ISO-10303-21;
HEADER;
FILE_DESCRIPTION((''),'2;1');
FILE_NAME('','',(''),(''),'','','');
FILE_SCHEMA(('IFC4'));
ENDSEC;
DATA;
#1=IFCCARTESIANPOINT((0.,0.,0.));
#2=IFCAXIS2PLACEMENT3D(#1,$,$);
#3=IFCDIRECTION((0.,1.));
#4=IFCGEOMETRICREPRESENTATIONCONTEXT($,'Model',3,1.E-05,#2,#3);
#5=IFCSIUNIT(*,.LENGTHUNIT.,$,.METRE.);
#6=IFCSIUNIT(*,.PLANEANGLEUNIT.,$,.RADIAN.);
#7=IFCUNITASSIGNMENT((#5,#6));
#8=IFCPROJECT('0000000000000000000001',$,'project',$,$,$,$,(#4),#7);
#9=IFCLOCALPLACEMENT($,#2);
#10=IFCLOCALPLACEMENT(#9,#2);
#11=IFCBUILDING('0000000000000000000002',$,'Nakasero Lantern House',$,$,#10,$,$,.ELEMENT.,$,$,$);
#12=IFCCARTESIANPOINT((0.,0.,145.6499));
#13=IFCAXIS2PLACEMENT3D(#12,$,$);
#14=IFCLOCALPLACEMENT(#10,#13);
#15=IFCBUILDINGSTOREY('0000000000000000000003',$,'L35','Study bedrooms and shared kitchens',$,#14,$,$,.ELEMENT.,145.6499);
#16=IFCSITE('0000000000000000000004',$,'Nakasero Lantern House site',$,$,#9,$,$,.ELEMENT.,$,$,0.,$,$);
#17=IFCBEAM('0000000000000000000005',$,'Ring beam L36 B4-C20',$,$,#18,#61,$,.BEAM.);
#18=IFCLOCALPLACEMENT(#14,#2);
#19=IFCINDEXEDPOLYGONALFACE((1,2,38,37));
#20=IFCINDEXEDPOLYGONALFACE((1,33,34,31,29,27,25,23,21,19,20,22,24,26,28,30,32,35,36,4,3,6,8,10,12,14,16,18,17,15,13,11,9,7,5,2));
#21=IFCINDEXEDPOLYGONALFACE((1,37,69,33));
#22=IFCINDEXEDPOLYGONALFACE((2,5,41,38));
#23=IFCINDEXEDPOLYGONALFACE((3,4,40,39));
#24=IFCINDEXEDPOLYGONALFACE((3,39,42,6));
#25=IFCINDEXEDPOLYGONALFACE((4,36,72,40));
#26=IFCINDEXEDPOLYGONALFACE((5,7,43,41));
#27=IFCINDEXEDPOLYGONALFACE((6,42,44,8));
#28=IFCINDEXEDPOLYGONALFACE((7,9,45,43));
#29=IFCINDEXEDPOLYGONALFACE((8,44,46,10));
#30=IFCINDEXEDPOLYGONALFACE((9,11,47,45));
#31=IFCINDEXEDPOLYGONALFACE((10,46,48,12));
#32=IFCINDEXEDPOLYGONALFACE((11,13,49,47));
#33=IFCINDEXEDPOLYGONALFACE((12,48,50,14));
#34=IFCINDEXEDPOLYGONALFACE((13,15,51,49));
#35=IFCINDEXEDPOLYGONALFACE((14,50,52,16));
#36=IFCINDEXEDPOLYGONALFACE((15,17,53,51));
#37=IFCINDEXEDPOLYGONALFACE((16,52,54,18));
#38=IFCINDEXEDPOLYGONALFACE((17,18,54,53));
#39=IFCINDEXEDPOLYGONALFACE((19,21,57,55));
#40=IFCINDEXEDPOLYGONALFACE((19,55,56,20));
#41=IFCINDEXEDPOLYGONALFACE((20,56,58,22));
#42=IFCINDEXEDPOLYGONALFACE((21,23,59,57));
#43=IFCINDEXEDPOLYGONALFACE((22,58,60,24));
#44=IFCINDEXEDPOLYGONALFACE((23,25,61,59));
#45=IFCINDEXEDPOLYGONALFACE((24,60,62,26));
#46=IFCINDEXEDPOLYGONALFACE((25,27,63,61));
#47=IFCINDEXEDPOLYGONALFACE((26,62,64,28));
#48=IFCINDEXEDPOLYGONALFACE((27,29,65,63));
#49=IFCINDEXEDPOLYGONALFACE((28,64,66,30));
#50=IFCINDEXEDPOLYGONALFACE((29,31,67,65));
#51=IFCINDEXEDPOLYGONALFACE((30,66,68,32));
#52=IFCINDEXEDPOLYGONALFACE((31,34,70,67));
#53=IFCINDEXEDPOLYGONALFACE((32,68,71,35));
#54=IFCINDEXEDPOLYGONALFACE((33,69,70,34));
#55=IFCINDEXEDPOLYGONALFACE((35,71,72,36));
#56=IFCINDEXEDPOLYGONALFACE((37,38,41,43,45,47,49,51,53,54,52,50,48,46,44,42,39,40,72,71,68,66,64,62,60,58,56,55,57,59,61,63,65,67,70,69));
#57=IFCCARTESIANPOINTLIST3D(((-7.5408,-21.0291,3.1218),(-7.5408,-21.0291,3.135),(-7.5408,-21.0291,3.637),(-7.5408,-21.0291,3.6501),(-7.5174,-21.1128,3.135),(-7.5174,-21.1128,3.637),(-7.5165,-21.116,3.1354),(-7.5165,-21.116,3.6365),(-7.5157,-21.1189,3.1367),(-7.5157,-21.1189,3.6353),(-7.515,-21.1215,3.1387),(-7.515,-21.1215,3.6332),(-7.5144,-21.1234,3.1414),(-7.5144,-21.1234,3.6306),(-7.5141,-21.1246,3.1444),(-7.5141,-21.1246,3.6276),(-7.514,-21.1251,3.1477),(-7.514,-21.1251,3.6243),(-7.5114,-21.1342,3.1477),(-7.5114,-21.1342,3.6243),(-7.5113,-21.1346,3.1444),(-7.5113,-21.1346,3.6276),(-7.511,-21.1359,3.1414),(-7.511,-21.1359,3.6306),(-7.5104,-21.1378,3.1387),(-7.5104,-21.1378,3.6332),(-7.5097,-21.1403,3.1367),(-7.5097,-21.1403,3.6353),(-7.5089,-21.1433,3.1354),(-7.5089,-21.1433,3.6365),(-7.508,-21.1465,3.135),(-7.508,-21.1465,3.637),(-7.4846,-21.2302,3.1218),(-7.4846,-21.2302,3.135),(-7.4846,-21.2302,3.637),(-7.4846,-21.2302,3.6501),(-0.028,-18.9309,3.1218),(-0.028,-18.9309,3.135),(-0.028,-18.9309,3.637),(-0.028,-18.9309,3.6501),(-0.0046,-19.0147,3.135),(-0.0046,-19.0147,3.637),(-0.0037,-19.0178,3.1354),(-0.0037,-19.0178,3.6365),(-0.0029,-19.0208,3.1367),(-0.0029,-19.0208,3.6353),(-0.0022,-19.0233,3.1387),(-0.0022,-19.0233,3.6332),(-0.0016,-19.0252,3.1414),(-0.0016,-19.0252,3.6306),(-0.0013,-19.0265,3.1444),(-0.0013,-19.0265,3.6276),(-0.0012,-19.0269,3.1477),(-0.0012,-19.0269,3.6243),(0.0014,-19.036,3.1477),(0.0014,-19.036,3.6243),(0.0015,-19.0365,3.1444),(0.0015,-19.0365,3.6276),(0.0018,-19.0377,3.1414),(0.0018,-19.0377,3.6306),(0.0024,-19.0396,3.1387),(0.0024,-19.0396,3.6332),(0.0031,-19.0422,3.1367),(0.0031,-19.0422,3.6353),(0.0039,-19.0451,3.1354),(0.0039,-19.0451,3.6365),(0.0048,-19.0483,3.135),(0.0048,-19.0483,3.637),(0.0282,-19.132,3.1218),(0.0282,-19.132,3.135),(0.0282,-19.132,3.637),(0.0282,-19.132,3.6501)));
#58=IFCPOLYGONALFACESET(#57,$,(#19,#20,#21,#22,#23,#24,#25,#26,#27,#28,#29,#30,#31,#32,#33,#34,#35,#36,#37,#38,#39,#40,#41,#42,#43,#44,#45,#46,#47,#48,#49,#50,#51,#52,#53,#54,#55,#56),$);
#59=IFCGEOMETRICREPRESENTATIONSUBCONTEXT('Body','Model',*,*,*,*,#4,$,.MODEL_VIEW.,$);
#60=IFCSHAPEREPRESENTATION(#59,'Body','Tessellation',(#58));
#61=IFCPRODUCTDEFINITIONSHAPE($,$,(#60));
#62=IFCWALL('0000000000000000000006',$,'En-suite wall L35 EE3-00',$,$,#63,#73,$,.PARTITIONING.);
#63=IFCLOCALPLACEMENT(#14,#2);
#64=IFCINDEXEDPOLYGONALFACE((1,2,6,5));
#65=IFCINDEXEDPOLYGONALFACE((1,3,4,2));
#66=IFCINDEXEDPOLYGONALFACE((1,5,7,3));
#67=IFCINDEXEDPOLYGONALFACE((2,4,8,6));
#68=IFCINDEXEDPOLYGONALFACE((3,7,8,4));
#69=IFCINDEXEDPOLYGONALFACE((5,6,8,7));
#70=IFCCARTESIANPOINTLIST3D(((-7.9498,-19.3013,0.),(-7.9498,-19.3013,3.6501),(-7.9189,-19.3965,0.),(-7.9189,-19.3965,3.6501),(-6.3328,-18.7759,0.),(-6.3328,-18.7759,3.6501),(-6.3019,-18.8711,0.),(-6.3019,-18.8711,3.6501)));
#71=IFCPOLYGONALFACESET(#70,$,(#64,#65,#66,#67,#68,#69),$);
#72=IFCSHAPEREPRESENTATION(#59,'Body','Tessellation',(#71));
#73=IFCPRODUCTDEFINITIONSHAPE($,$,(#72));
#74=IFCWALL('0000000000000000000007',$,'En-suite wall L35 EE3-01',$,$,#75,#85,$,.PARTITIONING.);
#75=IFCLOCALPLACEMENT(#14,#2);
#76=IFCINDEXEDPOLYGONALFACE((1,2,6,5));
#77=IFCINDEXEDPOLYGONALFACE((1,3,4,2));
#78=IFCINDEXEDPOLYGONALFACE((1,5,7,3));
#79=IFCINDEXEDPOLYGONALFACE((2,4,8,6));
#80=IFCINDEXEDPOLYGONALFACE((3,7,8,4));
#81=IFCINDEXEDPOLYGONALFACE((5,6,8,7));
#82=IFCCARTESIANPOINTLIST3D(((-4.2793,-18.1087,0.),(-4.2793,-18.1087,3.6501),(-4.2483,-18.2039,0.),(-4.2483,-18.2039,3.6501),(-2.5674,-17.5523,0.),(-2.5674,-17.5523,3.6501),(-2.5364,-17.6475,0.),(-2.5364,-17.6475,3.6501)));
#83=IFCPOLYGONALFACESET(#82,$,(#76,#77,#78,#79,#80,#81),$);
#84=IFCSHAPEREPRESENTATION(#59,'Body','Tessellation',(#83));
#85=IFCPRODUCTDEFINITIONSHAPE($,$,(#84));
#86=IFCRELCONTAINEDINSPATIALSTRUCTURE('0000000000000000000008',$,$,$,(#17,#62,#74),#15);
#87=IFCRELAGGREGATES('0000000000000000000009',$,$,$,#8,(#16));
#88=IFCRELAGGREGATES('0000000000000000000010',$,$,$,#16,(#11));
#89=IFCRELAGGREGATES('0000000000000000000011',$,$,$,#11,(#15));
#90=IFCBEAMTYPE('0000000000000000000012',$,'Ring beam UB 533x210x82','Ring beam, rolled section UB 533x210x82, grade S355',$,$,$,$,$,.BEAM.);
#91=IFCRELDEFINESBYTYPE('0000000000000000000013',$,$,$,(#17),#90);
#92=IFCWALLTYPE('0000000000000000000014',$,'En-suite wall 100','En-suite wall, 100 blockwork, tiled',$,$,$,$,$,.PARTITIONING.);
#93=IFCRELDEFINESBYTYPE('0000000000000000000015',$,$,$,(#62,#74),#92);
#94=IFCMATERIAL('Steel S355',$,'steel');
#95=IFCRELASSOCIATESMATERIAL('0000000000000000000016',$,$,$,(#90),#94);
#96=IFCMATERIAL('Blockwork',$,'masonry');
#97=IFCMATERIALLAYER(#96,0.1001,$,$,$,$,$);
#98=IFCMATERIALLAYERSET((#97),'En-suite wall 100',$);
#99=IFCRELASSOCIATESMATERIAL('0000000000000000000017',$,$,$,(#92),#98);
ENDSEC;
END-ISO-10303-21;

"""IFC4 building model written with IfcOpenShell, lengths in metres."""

from ifc_helpers import new_model, si_unit, direction, frame, frame_2d, origin, origin_2d, place, context, subcontext, project, spatial, rectangle, i_section, extrude, material, layer, layer_set, material_profile, profile_set, type_object, element, save


model = new_model("IFC4")

# Units and contexts
model_context = context("Model", 3, precision=1e-05, world=origin(), true_north=direction((0.0, 1.0)))
body_context = subcontext(model_context, "Body", "Model", "MODEL_VIEW")
ifc_project = project(units=[si_unit("LENGTHUNIT", "METRE"), si_unit("PLANEANGLEUNIT", "RADIAN")], contexts=[model_context])

# Site, building, storey
site_placement = place(None, origin())
site = spatial("IfcSite", under=ifc_project, at=site_placement, Name="Nakasero Lantern House site", CompositionType="ELEMENT", RefElevation=0.0)
building_placement = place(site_placement, origin())
building = spatial("IfcBuilding", under=site, at=building_placement, Name="Nakasero Lantern House", CompositionType="ELEMENT")
storey_placement = place(building_placement, frame((0.0, 0.0, 145.6499)))
storey = spatial("IfcBuildingStorey", under=building, at=storey_placement, Name="L35", Description="Study bedrooms and shared kitchens", CompositionType="ELEMENT", Elevation=145.6499)

# Beam
ifc_material_1 = material(Name="Steel S355", Category="steel")
ifc_material_profile_1 = material_profile(ifc_material_1, i_section(OverallWidth=0.2087, OverallDepth=0.5283, WebThickness=0.0095, FlangeThickness=0.0132, FilletRadius=0.0127, at=origin_2d()), Name="UB 533x210x82")
ifc_profile_set_1 = profile_set([ifc_material_profile_1], Name="Steel S355")
beam_type_1 = type_object("IfcBeamType", Name="Ring beam UB 533x210x82", Description="Ring beam, rolled section UB 533x210x82, grade S355", PredefinedType="BEAM", material=ifc_profile_set_1)
beam_1_placement = place(storey_placement, frame((-7.5127, -21.1296, 3.386), z_axis=(0.963144, 0.268987, 0.0), x_axis=(-0.268987, 0.963144, 0.0)))
element("IfcBeam", 1, at=beam_1_placement, inside=storey, type_object=beam_type_1, Name="Ring beam L36 B4-C20", PredefinedType="BEAM", context=body_context, shape_type="SweptSolid", body=[
    extrude(i_section(OverallWidth=0.2087, OverallDepth=0.5283, WebThickness=0.0095, FlangeThickness=0.0132, FilletRadius=0.0127, at=origin_2d()), origin(), (0.0, 0.0, 1.0), 7.8003),
])

# Walls
ifc_material_2 = material(Name="Blockwork", Category="masonry")
ifc_layer_1 = layer(ifc_material_2, 0.1001)
ifc_layer_set_1 = layer_set([ifc_layer_1], Name="En-suite wall 100")
wall_type_1 = type_object("IfcWallType", Name="En-suite wall 100", Description="En-suite wall, 100 blockwork, tiled", PredefinedType="PARTITIONING", material=ifc_layer_set_1)
wall_1_placement = place(storey_placement, frame((-7.9343, -19.3489, 0.0), z_axis=(0.0, 0.0, 1.0), x_axis=(0.951054, 0.309024, 0.0)))
element("IfcWall", 2, at=wall_1_placement, inside=storey, type_object=wall_type_1, Name="En-suite wall L35 EE3-00", PredefinedType="PARTITIONING", context=body_context, shape_type="SweptSolid", body=[
    extrude(rectangle(XDim=1.7002, YDim=0.1001, at=frame_2d((0.8501, 0.0))), origin(), (0.0, 0.0, 1.0), 3.6501),
])
wall_2_placement = place(storey_placement, frame((-4.2637, -18.1562, 0.0), z_axis=(0.0, 0.0, 1.0), x_axis=(0.95103, 0.309098, 0.0)))
element("IfcWall", 3, at=wall_2_placement, inside=storey, type_object=wall_type_1, Name="En-suite wall L35 EE3-01", PredefinedType="PARTITIONING", context=body_context, shape_type="SweptSolid", body=[
    extrude(rectangle(XDim=1.8, YDim=0.1001, at=frame_2d((0.8999, 0.0))), origin(), (0.0, 0.0, 1.0), 3.6501),
])

save(model, "model.ifc")
